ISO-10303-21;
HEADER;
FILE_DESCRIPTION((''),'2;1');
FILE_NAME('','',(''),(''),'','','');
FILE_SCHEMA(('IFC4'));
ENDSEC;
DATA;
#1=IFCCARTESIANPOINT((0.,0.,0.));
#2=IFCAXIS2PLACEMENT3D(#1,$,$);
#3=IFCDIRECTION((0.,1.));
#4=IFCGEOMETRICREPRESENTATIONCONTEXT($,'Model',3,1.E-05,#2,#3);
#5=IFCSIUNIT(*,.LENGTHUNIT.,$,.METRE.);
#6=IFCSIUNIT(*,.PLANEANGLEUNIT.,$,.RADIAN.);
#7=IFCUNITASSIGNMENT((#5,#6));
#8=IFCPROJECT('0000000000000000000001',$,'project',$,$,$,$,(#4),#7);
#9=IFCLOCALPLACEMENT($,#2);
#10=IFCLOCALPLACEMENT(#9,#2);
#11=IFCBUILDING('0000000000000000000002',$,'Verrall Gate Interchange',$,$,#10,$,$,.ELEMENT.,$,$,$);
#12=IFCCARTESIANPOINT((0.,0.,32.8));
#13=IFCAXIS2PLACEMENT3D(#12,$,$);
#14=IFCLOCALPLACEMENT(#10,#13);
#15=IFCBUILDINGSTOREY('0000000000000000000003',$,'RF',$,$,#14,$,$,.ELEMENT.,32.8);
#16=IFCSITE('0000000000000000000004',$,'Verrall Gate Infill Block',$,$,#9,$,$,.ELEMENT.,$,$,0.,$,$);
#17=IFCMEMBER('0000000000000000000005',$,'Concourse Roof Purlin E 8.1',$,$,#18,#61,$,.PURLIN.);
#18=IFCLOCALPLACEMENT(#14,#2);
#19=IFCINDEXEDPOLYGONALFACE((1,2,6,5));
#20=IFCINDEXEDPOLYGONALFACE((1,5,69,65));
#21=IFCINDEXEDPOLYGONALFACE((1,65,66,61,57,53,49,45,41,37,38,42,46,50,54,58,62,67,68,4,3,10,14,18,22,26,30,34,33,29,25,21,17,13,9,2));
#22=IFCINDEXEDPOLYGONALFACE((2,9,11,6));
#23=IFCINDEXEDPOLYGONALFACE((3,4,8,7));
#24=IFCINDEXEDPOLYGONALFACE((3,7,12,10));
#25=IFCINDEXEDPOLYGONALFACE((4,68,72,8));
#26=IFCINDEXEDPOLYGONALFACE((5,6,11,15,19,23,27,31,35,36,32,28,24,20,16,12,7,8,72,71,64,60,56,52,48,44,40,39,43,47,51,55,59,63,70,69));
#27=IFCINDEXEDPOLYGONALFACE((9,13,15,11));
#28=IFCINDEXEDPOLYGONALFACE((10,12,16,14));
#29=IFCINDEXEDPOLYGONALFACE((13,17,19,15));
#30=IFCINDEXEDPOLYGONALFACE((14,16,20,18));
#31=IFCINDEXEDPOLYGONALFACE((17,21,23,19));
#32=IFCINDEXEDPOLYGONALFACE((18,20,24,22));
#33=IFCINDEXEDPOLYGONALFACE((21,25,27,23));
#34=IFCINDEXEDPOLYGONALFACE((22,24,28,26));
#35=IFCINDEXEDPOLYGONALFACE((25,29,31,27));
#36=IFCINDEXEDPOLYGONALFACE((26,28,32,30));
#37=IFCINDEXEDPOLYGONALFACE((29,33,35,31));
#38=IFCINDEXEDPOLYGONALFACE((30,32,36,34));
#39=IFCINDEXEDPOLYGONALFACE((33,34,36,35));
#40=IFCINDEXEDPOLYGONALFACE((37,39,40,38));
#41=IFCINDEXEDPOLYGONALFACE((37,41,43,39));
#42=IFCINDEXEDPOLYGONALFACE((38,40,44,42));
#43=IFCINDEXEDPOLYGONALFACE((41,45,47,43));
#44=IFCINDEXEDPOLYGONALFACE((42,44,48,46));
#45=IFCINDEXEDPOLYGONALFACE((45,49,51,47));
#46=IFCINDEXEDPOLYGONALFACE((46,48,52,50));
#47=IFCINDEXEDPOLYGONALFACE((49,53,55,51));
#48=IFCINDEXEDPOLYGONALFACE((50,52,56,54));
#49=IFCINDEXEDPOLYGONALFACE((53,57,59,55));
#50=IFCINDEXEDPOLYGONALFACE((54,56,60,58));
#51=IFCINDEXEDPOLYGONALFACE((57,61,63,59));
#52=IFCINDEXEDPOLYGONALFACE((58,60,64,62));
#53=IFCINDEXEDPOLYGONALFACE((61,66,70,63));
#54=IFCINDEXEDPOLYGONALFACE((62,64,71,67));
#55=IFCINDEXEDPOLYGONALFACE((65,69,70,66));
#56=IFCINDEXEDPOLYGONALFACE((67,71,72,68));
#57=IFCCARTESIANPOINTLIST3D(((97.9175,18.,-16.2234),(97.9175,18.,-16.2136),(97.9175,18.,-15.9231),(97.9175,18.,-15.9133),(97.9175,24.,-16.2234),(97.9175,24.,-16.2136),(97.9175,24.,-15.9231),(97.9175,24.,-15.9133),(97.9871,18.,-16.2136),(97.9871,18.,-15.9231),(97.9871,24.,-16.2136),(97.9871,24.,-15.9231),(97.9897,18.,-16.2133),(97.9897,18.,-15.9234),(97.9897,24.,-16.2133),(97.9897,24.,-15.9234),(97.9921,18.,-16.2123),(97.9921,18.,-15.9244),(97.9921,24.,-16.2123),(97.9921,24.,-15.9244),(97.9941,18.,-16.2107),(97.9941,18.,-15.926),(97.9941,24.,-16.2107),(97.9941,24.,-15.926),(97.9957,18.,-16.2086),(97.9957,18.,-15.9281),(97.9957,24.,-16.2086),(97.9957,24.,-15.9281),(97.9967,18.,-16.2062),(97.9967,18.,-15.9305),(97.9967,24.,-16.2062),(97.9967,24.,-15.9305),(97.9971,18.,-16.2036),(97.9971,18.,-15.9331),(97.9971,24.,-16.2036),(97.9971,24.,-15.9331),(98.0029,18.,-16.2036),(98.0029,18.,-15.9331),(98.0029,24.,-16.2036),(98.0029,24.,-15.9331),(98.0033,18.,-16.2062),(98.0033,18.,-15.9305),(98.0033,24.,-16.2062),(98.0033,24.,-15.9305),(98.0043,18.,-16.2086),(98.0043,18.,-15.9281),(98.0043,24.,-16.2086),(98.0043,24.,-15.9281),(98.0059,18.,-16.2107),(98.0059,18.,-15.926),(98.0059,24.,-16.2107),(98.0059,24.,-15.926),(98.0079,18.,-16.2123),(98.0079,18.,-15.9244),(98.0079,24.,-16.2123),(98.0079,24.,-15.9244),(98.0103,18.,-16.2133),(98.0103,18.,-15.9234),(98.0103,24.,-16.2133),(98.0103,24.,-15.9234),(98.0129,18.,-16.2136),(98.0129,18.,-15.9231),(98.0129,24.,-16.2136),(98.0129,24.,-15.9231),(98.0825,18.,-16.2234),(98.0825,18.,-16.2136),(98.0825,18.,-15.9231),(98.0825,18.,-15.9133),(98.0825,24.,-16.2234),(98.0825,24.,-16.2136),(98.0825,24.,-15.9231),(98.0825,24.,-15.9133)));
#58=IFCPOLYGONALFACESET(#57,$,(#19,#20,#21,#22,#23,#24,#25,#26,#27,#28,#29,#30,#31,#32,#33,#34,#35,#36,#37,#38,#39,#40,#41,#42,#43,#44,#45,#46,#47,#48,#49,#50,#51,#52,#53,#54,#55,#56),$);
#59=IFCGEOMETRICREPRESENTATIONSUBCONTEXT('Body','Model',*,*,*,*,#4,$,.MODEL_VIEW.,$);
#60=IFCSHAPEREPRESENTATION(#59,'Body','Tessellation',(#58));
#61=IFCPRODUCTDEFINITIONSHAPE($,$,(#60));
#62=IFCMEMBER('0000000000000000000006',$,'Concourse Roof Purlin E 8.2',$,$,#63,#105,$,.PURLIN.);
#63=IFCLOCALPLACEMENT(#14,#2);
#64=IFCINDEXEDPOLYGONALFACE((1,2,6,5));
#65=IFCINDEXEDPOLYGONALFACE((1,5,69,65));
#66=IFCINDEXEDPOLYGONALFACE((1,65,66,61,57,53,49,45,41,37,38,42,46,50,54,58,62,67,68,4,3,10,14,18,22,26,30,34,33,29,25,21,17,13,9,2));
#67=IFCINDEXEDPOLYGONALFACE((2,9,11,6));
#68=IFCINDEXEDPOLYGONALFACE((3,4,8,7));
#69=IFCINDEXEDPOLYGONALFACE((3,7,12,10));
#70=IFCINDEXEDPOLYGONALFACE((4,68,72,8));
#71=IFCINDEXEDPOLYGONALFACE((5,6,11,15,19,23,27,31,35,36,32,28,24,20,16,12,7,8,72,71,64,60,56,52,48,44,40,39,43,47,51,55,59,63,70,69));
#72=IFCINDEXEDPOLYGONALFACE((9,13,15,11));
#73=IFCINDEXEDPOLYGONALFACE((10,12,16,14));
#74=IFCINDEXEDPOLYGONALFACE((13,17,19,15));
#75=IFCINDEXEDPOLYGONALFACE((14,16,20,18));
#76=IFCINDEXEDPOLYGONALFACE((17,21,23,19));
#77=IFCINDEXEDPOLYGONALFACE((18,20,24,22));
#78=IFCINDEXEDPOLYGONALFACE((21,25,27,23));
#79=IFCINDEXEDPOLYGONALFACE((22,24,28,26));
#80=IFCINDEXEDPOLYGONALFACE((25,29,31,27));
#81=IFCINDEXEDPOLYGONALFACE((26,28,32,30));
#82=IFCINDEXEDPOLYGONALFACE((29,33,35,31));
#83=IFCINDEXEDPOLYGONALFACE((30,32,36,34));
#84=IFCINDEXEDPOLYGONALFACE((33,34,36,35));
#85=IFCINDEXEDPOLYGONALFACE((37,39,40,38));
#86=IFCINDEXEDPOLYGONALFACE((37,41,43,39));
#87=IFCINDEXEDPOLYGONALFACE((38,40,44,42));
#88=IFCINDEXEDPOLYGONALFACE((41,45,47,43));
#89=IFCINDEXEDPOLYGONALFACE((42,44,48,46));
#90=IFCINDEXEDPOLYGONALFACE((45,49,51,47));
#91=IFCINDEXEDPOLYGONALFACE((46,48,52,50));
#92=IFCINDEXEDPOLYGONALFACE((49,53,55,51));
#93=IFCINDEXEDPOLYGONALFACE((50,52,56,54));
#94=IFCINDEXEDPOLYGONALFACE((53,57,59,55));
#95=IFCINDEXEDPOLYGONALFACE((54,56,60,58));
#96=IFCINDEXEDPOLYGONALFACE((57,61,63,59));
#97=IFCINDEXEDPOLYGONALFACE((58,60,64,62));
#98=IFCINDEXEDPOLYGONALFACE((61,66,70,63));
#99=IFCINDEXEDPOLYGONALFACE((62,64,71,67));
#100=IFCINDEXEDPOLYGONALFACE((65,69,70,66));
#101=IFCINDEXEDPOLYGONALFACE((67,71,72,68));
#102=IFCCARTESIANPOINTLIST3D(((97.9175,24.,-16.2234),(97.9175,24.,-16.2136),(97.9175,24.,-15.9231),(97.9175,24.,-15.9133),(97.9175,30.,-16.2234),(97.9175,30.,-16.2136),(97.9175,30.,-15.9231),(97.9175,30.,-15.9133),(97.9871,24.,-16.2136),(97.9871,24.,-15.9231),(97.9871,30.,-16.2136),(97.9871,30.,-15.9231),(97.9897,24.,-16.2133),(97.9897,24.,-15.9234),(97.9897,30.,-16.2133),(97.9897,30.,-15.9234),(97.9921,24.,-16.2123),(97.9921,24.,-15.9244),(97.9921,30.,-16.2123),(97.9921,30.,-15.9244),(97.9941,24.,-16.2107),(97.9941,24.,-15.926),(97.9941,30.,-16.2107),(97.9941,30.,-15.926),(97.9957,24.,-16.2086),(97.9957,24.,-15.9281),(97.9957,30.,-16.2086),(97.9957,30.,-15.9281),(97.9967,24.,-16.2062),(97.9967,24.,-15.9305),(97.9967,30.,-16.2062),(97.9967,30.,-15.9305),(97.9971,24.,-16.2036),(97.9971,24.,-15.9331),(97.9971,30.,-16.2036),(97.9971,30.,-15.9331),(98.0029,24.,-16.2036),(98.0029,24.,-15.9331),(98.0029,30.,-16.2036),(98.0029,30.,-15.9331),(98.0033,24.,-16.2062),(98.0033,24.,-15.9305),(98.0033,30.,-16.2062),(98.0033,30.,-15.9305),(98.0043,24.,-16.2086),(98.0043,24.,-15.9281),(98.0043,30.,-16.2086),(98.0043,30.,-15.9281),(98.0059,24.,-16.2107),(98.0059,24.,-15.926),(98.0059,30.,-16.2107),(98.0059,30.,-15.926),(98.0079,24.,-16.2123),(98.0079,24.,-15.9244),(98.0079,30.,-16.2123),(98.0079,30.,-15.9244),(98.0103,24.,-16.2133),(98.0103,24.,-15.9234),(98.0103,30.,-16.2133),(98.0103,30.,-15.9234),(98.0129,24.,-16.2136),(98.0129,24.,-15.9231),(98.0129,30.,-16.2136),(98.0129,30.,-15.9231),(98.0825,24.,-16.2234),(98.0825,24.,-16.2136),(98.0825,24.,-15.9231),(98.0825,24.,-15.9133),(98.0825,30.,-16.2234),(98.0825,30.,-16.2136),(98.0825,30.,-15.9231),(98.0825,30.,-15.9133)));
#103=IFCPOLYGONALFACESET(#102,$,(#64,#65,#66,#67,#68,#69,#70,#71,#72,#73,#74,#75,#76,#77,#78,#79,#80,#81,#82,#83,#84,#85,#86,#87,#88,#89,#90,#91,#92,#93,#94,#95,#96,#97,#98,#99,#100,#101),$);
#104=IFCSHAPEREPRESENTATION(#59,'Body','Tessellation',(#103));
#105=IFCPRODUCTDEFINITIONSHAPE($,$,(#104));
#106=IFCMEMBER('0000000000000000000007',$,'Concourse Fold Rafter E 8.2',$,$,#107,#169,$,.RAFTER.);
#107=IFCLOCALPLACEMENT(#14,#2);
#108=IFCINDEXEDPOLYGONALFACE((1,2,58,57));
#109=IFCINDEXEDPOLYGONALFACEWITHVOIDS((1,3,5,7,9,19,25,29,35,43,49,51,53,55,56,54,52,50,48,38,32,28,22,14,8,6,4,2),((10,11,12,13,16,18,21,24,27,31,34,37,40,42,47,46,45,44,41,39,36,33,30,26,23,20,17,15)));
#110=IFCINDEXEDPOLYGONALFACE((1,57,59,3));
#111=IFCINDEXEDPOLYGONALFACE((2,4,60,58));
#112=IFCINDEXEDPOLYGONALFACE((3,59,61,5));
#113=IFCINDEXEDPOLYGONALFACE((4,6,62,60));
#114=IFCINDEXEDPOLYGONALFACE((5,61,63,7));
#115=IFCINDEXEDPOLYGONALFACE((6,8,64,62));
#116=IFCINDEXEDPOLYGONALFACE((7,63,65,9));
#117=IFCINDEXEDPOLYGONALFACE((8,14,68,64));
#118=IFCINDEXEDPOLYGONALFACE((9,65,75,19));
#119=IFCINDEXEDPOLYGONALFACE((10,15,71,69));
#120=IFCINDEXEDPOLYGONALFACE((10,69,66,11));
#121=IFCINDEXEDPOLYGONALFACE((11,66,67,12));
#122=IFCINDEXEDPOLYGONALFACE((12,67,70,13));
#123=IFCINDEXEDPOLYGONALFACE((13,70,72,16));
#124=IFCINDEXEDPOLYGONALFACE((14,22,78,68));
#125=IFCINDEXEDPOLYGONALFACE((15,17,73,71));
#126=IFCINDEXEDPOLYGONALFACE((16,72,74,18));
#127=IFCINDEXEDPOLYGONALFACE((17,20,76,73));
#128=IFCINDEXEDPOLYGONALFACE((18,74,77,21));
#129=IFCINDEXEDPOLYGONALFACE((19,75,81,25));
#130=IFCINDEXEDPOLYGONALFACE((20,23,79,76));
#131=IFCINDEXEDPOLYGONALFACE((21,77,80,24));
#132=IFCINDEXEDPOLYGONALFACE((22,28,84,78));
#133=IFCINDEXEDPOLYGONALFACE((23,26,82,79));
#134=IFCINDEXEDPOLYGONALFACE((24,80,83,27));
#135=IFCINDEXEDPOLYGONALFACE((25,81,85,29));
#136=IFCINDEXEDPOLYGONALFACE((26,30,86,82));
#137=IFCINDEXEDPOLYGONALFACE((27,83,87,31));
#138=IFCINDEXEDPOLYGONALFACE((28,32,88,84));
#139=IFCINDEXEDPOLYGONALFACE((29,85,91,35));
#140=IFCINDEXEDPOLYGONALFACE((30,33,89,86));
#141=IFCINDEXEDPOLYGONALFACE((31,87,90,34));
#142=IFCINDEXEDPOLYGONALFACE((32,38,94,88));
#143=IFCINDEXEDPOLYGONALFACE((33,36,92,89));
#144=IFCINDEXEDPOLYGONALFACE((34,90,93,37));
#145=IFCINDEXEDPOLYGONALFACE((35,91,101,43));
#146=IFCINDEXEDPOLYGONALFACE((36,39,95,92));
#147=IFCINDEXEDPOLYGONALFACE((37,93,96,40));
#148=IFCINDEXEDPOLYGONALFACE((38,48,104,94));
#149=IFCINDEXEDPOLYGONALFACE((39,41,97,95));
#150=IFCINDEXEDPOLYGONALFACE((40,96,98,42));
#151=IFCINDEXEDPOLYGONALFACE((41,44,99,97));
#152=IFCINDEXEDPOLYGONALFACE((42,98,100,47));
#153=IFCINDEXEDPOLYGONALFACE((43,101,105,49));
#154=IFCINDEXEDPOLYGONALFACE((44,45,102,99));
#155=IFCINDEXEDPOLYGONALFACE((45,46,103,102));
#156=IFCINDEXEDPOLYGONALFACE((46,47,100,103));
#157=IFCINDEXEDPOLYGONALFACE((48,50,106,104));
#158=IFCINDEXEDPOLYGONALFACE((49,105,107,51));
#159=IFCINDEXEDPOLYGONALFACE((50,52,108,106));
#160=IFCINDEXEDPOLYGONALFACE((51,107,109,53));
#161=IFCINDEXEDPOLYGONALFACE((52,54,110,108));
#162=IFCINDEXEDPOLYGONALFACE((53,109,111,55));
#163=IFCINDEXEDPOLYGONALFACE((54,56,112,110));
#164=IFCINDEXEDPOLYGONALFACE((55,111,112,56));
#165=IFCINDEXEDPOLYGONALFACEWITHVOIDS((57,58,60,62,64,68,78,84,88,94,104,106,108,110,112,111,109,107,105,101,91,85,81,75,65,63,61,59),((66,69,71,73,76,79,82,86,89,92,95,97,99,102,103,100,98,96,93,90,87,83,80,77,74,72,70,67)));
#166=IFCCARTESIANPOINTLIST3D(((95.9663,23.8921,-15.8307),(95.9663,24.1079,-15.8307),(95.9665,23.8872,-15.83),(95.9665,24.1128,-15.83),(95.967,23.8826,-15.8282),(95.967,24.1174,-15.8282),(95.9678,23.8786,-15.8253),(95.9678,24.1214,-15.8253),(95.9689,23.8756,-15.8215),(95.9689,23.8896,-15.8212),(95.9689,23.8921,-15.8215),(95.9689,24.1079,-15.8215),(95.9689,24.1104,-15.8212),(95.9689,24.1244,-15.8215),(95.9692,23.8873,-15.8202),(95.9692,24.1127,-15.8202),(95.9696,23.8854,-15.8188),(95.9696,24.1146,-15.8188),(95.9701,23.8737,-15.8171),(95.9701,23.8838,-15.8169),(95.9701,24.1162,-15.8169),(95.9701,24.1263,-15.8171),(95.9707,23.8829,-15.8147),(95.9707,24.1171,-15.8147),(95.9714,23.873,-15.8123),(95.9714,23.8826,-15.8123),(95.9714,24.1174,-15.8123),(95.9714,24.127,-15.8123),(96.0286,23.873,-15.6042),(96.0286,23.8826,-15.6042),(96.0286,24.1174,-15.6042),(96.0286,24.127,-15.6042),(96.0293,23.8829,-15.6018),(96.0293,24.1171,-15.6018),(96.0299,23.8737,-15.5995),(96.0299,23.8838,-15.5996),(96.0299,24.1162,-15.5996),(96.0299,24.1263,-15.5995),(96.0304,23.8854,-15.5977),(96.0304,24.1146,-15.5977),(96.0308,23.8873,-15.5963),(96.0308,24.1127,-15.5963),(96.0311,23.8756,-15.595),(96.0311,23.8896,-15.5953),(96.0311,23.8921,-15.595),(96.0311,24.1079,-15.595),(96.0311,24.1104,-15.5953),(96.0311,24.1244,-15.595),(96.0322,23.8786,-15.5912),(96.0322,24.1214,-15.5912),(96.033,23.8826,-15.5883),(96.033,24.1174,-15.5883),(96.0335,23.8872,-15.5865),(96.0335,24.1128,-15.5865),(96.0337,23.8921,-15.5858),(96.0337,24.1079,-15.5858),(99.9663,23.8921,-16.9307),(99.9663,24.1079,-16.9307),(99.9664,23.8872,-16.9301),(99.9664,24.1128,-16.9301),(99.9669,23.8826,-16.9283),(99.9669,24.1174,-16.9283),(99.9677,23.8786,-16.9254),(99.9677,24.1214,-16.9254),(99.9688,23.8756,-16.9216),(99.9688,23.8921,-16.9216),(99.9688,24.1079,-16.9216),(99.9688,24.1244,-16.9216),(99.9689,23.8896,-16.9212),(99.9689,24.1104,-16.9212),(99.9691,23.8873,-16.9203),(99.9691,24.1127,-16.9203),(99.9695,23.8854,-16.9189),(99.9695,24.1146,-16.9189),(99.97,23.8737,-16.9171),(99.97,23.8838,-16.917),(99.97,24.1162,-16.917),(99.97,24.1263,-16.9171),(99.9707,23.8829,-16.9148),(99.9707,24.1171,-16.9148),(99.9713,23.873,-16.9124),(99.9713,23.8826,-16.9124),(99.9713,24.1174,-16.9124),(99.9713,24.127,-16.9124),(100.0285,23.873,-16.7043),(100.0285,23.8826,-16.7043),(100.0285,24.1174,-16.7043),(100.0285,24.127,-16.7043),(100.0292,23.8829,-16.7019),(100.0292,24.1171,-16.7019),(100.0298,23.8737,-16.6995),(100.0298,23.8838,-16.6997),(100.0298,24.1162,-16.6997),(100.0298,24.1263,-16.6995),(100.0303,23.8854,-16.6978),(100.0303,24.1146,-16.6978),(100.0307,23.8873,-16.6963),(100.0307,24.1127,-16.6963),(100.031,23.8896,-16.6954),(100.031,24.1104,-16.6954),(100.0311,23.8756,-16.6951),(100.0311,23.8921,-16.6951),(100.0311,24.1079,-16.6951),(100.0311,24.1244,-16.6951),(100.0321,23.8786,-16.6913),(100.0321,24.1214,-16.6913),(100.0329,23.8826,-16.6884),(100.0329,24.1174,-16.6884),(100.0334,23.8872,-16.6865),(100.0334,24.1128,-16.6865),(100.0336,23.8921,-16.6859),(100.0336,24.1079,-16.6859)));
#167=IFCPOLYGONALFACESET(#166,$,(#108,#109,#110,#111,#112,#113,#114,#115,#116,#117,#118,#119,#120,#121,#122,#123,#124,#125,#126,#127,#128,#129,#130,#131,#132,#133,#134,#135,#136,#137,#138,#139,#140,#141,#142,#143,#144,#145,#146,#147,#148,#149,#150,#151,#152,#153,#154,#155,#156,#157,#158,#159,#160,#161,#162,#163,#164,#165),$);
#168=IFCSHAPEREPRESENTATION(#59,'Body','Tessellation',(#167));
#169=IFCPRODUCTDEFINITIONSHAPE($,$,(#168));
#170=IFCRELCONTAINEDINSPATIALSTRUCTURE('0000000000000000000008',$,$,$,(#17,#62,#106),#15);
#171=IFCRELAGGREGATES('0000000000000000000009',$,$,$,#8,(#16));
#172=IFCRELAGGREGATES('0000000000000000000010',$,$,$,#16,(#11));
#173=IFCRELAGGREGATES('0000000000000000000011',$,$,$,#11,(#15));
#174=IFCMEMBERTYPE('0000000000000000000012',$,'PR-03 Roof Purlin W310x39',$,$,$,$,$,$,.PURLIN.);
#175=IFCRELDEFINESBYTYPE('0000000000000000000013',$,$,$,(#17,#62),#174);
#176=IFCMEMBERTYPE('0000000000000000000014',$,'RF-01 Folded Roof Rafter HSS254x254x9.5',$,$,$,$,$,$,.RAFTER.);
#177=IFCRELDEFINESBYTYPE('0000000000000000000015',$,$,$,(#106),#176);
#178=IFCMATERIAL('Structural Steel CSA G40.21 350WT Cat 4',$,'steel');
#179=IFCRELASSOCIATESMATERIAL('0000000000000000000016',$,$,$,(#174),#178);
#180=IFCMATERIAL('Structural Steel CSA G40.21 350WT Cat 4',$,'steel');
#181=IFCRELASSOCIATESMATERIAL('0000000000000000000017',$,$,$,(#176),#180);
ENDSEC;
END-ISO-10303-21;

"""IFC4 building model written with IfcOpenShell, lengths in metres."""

from ifc_helpers import new_model, si_unit, direction, frame, origin, origin_2d, place, context, subcontext, project, spatial, hollow_rectangle, i_section, extrude, material, material_profile, profile_set, type_object, element, save


model = new_model("IFC4")

# Units and contexts
model_context = context("Model", 3, precision=1e-05, world=origin(), true_north=direction((0.0, 1.0)))
body_context = subcontext(model_context, "Body", "Model", "MODEL_VIEW")
ifc_project = project(units=[si_unit("LENGTHUNIT", "METRE"), si_unit("PLANEANGLEUNIT", "RADIAN")], contexts=[model_context])

# Site, building, storey
site_placement = place(None, origin())
site = spatial("IfcSite", under=ifc_project, at=site_placement, Name="Verrall Gate Infill Block", CompositionType="ELEMENT", RefElevation=0.0)
building_placement = place(site_placement, origin())
building = spatial("IfcBuilding", under=site, at=building_placement, Name="Verrall Gate Interchange", CompositionType="ELEMENT")
storey_placement = place(building_placement, frame((0.0, 0.0, 32.8)))
storey = spatial("IfcBuildingStorey", under=building, at=storey_placement, Name="RF", CompositionType="ELEMENT", Elevation=32.8)

# Members
ifc_material_1 = material(Name="Structural Steel CSA G40.21 350WT Cat 4", Category="steel")
ifc_material_profile_1 = material_profile(ifc_material_1, i_section(OverallWidth=0.165, OverallDepth=0.3101, WebThickness=0.0059, FlangeThickness=0.0098, FilletRadius=0.01, at=origin_2d()), Name="W310x39")
ifc_profile_set_1 = profile_set([ifc_material_profile_1], Name="Structural Steel CSA G40.21 350WT Cat 4")
member_type_1 = type_object("IfcMemberType", Name="PR-03 Roof Purlin W310x39", PredefinedType="PURLIN", material=ifc_profile_set_1)
for number, where, z_axis, x_axis, name in (
    (1, (98.0, 18.0, -16.0684), (0.0, 1.0, 0.0), (-1.0, 0.0, 0.0), "Concourse Roof Purlin E 8.1"),
    (2, (98.0, 24.0, -16.0684), (0.0, 1.0, 0.0), (-1.0, 0.0, 0.0), "Concourse Roof Purlin E 8.2"),
):
    element("IfcMember", number, at=place(storey_placement, frame(where, z_axis=z_axis, x_axis=x_axis)), inside=storey, type_object=member_type_1, Name=name, PredefinedType="PURLIN", context=body_context, shape_type="SweptSolid", body=[
        extrude(i_section(OverallWidth=0.165, OverallDepth=0.3101, WebThickness=0.0059, FlangeThickness=0.0098, FilletRadius=0.01, at=origin_2d()), origin(), (0.0, 0.0, 1.0), 6.0),
    ])
ifc_material_2 = material(Name="Structural Steel CSA G40.21 350WT Cat 4", Category="steel")
ifc_material_profile_2 = material_profile(ifc_material_2, hollow_rectangle(XDim=0.2539, YDim=0.2539, WallThickness=0.0095, InnerFilletRadius=0.0095, OuterFilletRadius=0.019, at=origin_2d()), Name="HSS254x254x9.5")
ifc_profile_set_2 = profile_set([ifc_material_profile_2], Name="Structural Steel CSA G40.21 350WT Cat 4")
member_type_2 = type_object("IfcMemberType", Name="RF-01 Folded Roof Rafter HSS254x254x9.5", PredefinedType="RAFTER", material=ifc_profile_set_2)
for number, where, z_axis, x_axis, name in (
    (3, (96.0, 24.0, -15.7083), (0.964199, 0.0, -0.265178), (0.0, 1.0, 0.0), "Concourse Fold Rafter E 8.2"),
):
    element("IfcMember", number, at=place(storey_placement, frame(where, z_axis=z_axis, x_axis=x_axis)), inside=storey, type_object=member_type_2, Name=name, PredefinedType="RAFTER", context=body_context, shape_type="SweptSolid", body=[
        extrude(hollow_rectangle(XDim=0.2539, YDim=0.2539, WallThickness=0.0095, InnerFilletRadius=0.0095, OuterFilletRadius=0.019, at=origin_2d()), origin(), (0.0, 0.0, 1.0), 4.1484),
    ])

save(model, "model.ifc")
